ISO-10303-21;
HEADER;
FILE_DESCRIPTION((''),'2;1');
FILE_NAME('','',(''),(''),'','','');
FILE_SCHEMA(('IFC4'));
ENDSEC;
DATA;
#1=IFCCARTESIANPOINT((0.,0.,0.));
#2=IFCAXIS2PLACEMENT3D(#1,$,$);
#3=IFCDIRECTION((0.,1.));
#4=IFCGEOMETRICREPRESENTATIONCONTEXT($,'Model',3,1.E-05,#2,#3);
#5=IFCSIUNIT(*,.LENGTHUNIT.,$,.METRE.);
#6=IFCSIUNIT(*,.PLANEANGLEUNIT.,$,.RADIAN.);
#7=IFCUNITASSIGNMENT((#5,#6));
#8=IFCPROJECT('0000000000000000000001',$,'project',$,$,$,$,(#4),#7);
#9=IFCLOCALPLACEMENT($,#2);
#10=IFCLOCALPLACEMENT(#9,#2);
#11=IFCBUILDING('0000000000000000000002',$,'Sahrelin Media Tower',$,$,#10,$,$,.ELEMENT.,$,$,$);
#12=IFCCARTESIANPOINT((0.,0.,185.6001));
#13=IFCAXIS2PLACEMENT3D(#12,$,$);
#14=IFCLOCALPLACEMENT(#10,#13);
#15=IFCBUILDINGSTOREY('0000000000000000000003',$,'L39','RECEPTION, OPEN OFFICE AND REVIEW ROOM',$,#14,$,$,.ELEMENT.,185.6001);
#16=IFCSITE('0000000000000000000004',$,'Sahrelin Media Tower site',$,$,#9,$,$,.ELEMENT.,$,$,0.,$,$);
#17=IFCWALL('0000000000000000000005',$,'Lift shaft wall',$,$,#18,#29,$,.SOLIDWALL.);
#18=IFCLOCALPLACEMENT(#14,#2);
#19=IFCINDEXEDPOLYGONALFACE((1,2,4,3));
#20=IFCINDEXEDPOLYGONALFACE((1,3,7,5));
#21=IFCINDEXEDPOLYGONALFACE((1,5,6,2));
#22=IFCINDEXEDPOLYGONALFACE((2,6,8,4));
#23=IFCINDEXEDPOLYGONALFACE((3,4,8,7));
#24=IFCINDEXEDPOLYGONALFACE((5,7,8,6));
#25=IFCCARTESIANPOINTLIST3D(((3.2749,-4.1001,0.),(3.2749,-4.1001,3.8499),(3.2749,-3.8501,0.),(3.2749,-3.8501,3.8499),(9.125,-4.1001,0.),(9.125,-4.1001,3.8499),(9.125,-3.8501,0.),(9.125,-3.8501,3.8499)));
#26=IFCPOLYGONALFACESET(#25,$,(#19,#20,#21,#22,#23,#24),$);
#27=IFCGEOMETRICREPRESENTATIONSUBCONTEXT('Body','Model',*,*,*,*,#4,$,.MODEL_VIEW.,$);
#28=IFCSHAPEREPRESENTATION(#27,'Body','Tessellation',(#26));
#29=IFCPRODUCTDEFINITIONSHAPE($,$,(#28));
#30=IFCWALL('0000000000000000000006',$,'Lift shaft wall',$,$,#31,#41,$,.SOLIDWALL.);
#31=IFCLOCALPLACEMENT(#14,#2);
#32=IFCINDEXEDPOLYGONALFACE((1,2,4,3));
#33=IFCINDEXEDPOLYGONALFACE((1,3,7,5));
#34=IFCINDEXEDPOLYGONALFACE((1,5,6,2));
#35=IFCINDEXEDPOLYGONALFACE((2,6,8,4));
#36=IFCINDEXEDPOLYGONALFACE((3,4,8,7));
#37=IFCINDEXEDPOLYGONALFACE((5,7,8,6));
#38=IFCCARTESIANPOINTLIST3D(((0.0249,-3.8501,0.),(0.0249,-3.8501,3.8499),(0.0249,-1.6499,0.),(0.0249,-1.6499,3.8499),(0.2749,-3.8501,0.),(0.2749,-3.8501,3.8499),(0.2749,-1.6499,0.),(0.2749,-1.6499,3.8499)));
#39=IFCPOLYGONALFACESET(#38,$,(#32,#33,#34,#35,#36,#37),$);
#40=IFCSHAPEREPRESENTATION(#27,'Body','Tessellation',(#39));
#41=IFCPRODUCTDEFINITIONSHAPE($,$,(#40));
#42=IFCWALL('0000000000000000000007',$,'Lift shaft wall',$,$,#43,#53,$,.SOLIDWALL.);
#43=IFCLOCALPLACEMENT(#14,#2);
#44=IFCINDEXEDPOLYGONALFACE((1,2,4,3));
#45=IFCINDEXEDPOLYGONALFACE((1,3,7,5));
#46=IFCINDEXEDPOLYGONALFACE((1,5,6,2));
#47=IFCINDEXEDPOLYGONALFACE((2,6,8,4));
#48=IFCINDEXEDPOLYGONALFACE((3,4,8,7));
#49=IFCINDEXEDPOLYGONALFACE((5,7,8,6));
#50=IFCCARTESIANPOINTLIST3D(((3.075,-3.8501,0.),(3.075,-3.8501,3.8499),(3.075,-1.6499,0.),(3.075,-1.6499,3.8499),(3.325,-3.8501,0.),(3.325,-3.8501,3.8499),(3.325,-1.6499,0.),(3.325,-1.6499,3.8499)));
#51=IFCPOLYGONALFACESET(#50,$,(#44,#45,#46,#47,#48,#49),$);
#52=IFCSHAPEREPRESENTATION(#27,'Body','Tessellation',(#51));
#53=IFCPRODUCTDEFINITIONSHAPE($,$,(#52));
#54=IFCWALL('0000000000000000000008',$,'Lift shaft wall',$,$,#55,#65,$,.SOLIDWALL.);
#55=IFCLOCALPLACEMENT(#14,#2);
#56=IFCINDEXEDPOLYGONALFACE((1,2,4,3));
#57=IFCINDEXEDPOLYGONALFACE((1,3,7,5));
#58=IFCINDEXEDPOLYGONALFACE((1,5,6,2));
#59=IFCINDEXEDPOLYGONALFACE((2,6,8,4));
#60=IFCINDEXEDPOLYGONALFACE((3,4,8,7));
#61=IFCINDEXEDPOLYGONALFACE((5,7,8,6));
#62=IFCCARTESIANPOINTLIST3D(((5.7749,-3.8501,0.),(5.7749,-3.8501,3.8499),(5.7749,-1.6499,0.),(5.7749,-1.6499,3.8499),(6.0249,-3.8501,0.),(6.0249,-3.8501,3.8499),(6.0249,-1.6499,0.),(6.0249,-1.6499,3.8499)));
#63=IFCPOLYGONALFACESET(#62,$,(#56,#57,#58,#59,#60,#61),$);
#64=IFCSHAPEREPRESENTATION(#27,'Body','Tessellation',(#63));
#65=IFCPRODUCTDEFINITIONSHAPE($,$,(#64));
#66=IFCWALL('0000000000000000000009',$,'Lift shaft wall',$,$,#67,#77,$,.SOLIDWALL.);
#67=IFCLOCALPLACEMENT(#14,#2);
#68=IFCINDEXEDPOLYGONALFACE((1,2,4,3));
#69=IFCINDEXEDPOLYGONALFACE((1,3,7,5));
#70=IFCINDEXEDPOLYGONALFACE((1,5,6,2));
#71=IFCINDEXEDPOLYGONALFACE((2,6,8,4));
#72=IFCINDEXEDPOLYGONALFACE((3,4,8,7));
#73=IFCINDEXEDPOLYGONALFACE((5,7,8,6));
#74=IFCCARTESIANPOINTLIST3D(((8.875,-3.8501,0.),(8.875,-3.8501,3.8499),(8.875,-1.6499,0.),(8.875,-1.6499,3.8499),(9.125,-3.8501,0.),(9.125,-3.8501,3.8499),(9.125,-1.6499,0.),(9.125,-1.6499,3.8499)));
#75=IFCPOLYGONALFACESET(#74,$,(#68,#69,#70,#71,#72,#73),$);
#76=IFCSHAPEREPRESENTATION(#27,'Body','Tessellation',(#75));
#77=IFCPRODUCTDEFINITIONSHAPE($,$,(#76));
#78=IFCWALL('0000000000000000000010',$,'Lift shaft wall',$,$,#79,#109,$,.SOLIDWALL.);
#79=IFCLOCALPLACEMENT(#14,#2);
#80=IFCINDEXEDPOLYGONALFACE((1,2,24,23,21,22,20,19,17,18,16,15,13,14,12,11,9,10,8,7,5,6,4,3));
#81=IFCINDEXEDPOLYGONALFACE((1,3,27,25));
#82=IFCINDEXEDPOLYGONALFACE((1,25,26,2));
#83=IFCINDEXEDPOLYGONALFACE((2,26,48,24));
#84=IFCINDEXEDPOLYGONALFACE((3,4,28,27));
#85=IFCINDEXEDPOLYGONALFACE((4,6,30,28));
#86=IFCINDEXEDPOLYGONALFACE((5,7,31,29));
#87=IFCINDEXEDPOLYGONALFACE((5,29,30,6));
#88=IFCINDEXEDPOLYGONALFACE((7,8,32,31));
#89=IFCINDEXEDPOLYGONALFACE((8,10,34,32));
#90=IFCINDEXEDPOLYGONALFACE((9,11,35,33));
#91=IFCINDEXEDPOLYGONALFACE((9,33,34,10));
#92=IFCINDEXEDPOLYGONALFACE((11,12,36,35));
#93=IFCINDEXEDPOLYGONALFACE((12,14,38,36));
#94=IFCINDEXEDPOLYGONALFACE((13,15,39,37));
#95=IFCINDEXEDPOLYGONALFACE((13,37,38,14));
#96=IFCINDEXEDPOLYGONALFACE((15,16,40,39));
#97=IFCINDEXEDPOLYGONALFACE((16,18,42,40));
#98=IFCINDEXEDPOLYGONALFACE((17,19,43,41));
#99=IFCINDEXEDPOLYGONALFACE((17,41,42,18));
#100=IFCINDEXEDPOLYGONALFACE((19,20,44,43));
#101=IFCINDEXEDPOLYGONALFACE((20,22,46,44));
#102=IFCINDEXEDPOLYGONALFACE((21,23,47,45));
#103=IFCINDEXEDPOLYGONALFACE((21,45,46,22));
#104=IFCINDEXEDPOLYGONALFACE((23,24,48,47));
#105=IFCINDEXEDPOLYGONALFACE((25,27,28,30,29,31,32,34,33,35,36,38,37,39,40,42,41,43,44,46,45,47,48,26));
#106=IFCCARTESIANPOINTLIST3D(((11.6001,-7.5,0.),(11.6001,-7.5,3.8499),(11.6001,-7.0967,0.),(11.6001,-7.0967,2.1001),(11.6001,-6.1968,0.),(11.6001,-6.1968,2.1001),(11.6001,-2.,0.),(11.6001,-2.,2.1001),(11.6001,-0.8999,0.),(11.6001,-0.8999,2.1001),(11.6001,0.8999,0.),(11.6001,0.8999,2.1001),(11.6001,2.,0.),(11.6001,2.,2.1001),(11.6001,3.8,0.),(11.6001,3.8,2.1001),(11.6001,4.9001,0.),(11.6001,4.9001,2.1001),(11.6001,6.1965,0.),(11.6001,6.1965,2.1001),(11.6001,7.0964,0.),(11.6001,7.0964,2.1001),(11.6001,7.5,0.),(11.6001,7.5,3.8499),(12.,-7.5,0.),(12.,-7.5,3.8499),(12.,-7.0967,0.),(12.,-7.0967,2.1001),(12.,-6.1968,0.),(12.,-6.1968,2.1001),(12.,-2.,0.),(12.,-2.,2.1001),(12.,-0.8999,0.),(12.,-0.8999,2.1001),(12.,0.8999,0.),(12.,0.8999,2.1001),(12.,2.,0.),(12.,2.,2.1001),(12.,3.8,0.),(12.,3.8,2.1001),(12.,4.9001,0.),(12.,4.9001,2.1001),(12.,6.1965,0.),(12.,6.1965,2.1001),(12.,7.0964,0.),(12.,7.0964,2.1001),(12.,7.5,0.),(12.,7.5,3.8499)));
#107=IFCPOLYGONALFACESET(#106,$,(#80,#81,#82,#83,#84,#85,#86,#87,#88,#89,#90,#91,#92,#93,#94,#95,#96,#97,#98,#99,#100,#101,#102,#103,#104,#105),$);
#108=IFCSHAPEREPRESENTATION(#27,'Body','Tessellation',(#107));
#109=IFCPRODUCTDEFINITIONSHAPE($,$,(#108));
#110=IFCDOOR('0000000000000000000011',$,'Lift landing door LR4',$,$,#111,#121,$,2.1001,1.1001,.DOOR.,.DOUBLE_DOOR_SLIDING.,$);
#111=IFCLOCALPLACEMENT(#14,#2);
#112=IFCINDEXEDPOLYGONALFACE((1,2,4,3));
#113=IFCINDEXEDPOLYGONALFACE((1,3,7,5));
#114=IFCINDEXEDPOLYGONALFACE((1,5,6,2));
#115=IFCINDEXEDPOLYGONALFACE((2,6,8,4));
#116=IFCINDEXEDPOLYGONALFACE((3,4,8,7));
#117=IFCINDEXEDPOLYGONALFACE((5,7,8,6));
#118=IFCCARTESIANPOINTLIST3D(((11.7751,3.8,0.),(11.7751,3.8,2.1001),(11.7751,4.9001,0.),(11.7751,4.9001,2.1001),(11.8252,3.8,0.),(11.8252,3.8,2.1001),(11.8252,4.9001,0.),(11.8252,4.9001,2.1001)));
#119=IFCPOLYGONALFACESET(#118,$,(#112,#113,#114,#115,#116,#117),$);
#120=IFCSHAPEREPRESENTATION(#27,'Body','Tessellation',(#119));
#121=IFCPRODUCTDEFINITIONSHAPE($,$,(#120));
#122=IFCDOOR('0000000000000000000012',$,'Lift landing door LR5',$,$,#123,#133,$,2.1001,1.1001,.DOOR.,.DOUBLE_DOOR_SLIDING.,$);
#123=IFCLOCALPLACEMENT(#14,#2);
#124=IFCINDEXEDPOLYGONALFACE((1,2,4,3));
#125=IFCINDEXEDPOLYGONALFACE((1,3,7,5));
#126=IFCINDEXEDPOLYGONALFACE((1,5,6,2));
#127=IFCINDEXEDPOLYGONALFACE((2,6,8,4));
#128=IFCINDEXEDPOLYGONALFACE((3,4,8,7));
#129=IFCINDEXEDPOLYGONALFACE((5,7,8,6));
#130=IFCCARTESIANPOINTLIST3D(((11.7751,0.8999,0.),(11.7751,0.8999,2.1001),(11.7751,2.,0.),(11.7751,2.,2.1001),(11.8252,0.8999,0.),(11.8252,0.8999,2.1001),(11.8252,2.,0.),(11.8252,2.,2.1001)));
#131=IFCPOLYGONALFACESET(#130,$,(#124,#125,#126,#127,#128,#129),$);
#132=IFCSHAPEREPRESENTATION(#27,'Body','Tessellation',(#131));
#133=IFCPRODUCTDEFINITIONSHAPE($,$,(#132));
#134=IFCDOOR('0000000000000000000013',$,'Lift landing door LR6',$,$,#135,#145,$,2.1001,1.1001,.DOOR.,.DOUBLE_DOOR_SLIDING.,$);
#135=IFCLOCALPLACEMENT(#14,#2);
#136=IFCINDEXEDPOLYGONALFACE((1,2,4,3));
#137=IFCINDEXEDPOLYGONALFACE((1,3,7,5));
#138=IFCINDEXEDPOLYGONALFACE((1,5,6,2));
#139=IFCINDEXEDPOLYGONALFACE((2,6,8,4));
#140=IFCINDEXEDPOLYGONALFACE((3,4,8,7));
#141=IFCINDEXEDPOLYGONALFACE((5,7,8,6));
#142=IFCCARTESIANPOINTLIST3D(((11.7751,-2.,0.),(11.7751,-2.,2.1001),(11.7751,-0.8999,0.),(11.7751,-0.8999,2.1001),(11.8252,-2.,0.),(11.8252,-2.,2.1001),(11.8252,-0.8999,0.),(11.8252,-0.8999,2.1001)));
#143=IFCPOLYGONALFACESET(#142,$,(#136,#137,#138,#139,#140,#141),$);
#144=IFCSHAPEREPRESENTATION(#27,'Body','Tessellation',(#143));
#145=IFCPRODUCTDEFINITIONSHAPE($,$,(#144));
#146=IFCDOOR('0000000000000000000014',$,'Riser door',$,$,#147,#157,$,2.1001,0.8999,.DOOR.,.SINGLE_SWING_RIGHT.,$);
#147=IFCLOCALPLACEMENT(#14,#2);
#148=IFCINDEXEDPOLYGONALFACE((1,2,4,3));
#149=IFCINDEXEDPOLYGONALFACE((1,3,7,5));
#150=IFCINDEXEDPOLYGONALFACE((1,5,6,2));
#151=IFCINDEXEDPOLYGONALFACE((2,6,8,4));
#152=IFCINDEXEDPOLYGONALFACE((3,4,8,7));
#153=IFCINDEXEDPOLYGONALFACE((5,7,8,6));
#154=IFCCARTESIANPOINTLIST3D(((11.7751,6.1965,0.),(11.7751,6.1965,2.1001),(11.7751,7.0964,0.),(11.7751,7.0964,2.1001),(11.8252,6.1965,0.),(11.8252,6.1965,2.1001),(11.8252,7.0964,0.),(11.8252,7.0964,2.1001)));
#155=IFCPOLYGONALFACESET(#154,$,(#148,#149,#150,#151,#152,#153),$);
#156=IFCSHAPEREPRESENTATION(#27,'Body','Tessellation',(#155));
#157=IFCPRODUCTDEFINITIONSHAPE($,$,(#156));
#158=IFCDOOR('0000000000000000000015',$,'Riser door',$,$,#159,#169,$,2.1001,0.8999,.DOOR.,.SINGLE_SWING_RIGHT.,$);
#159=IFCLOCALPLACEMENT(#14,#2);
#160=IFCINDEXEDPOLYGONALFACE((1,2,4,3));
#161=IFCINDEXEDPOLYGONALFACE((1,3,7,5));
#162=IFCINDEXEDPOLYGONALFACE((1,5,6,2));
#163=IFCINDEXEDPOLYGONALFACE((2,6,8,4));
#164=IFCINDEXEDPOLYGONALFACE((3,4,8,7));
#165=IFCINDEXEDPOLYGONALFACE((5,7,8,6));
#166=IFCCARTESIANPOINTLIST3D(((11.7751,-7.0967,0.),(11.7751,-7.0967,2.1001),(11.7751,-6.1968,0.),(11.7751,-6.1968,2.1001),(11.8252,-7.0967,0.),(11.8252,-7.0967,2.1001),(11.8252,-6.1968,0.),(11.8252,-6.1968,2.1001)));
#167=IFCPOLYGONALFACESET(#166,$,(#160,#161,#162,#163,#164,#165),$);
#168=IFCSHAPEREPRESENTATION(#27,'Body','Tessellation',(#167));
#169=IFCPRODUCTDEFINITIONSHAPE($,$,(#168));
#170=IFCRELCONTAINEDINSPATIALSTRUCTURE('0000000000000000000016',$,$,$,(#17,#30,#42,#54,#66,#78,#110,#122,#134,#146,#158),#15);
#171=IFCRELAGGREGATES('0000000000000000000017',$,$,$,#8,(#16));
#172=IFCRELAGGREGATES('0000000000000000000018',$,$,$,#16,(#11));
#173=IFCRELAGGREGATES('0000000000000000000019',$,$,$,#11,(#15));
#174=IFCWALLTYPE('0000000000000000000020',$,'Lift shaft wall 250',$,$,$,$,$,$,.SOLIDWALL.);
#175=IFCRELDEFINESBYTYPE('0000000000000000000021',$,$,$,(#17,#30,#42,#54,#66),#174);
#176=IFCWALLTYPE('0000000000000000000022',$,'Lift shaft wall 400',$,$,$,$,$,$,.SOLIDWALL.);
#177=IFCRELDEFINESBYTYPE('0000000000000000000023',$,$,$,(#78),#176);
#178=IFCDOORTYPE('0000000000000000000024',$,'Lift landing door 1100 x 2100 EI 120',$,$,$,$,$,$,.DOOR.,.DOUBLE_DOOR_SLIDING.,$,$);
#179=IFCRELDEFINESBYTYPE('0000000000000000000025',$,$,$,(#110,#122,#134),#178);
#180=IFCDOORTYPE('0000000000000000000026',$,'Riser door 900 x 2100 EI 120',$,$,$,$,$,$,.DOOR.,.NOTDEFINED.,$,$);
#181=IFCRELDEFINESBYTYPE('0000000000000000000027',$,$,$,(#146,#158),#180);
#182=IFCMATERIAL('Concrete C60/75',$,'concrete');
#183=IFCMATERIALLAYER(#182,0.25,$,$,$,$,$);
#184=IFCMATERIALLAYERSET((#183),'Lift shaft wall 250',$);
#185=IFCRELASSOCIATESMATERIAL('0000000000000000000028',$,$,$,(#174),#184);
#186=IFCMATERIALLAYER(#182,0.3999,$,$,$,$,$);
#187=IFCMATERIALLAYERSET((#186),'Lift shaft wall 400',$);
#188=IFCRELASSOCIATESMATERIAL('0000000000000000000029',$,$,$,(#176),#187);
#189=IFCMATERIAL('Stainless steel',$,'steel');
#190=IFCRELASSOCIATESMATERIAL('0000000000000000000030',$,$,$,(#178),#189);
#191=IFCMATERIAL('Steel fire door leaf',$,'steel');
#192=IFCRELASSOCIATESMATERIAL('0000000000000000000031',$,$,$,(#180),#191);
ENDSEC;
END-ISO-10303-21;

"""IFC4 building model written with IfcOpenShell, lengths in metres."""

from ifc_helpers import new_model, si_unit, direction, frame, frame_2d, origin, place, context, subcontext, project, spatial, rectangle, extrude, material, layer, layer_set, type_object, element, fill, save


model = new_model("IFC4")

# Units and contexts
model_context = context("Model", 3, precision=1e-05, world=origin(), true_north=direction((0.0, 1.0)))
body_context = subcontext(model_context, "Body", "Model", "MODEL_VIEW")
ifc_project = project(units=[si_unit("LENGTHUNIT", "METRE"), si_unit("PLANEANGLEUNIT", "RADIAN")], contexts=[model_context])

# Site, building, storey
site_placement = place(None, origin())
site = spatial("IfcSite", under=ifc_project, at=site_placement, Name="Sahrelin Media Tower site", CompositionType="ELEMENT", RefElevation=0.0)
building_placement = place(site_placement, origin())
building = spatial("IfcBuilding", under=site, at=building_placement, Name="Sahrelin Media Tower", CompositionType="ELEMENT")
storey_placement = place(building_placement, frame((0.0, 0.0, 185.6001)))
storey = spatial("IfcBuildingStorey", under=building, at=storey_placement, Name="L39", Description="RECEPTION, OPEN OFFICE AND REVIEW ROOM", CompositionType="ELEMENT", Elevation=185.6001)

# Walls
ifc_material_1 = material(Name="Concrete C60/75", Category="concrete")
ifc_layer_1 = layer(ifc_material_1, 0.25)
ifc_layer_set_1 = layer_set([ifc_layer_1], Name="Lift shaft wall 250")
wall_type_1 = type_object("IfcWallType", Name="Lift shaft wall 250", PredefinedType="SOLIDWALL", material=ifc_layer_set_1)
wall_1_placement = place(storey_placement, frame((3.2749, -3.9751, 0.0), z_axis=(0.0, 0.0, 1.0), x_axis=(1.0, 0.0, 0.0)))
element("IfcWall", 1, at=wall_1_placement, inside=storey, type_object=wall_type_1, Name="Lift shaft wall", PredefinedType="SOLIDWALL", context=body_context, shape_type="SweptSolid", body=[
    extrude(rectangle(XDim=5.8501, YDim=0.25, at=frame_2d((2.925, 0.0))), origin(), (0.0, 0.0, 1.0), 3.8499),
])
for number, where, z_axis, x_axis, name in (
    (2, (0.1499, -3.8501, 0.0), (0.0, 0.0, 1.0), (0.0, 1.0, 0.0), "Lift shaft wall"),
    (3, (3.2, -3.8501, 0.0), (0.0, 0.0, 1.0), (0.0, 1.0, 0.0), "Lift shaft wall"),
    (4, (5.8999, -3.8501, 0.0), (0.0, 0.0, 1.0), (0.0, 1.0, 0.0), "Lift shaft wall"),
    (5, (9.0, -3.8501, 0.0), (0.0, 0.0, 1.0), (0.0, 1.0, 0.0), "Lift shaft wall"),
):
    element("IfcWall", number, at=place(storey_placement, frame(where, z_axis=z_axis, x_axis=x_axis)), inside=storey, type_object=wall_type_1, Name=name, PredefinedType="SOLIDWALL", context=body_context, shape_type="SweptSolid", body=[
        extrude(rectangle(XDim=2.2002, YDim=0.25, at=frame_2d((1.1001, 0.0))), origin(), (0.0, 0.0, 1.0), 3.8499),
    ])

# Wall, openings, doors
ifc_layer_2 = layer(ifc_material_1, 0.3999)
ifc_layer_set_2 = layer_set([ifc_layer_2], Name="Lift shaft wall 400")
wall_type_2 = type_object("IfcWallType", Name="Lift shaft wall 400", PredefinedType="SOLIDWALL", material=ifc_layer_set_2)
wall_2_placement = place(storey_placement, frame((11.8, -7.5, 0.0), z_axis=(0.0, 0.0, 1.0), x_axis=(0.0, 1.0, 0.0)))
wall_2 = element("IfcWall", 6, at=wall_2_placement, inside=storey, type_object=wall_type_2, Name="Lift shaft wall", PredefinedType="SOLIDWALL", context=body_context, shape_type="SweptSolid", body=[
    extrude(rectangle(XDim=15.0, YDim=0.3999, at=frame_2d((7.5, 0.0))), origin(), (0.0, 0.0, 1.0), 3.8499),
])
opening_1_placement = place(wall_2_placement, frame((11.3, 0.0, 0.0)))
opening_1 = element("IfcOpeningElement", 7, at=opening_1_placement, cuts=wall_2, PredefinedType="OPENING", context=body_context, shape_type="SweptSolid", body=[
    extrude(rectangle(XDim=1.1001, YDim=2.1001, at=frame_2d((0.55, 1.05))), frame((0.0, 0.2, 0.0), z_axis=(0.0, -1.0, 0.0), x_axis=(1.0, 0.0, 0.0)), (0.0, 0.0, 1.0), 0.3999),
])
opening_2_placement = place(wall_2_placement, frame((8.3999, 0.0, 0.0)))
opening_2 = element("IfcOpeningElement", 8, at=opening_2_placement, cuts=wall_2, PredefinedType="OPENING", context=body_context, shape_type="SweptSolid", body=[
    extrude(rectangle(XDim=1.1001, YDim=2.1001, at=frame_2d((0.55, 1.05))), frame((0.0, 0.2, 0.0), z_axis=(0.0, -1.0, 0.0), x_axis=(1.0, 0.0, 0.0)), (0.0, 0.0, 1.0), 0.3999),
])
opening_3_placement = place(wall_2_placement, frame((5.5, 0.0, 0.0)))
opening_3 = element("IfcOpeningElement", 9, at=opening_3_placement, cuts=wall_2, PredefinedType="OPENING", context=body_context, shape_type="SweptSolid", body=[
    extrude(rectangle(XDim=1.1001, YDim=2.1001, at=frame_2d((0.55, 1.05))), frame((0.0, 0.2, 0.0), z_axis=(0.0, -1.0, 0.0), x_axis=(1.0, 0.0, 0.0)), (0.0, 0.0, 1.0), 0.3999),
])
opening_4_placement = place(wall_2_placement, frame((13.6965, 0.0, 0.0)))
opening_4 = element("IfcOpeningElement", 10, at=opening_4_placement, cuts=wall_2, PredefinedType="OPENING", context=body_context, shape_type="SweptSolid", body=[
    extrude(rectangle(XDim=0.8999, YDim=2.1001, at=frame_2d((0.45, 1.05))), frame((0.0, 0.2, 0.0), z_axis=(0.0, -1.0, 0.0), x_axis=(1.0, 0.0, 0.0)), (0.0, 0.0, 1.0), 0.3999),
])
opening_5_placement = place(wall_2_placement, frame((0.4033, 0.0, 0.0)))
opening_5 = element("IfcOpeningElement", 11, at=opening_5_placement, cuts=wall_2, PredefinedType="OPENING", context=body_context, shape_type="SweptSolid", body=[
    extrude(rectangle(XDim=0.8999, YDim=2.1001, at=frame_2d((0.45, 1.05))), frame((0.0, 0.2, 0.0), z_axis=(0.0, -1.0, 0.0), x_axis=(1.0, 0.0, 0.0)), (0.0, 0.0, 1.0), 0.3999),
])
ifc_material_2 = material(Name="Stainless steel", Category="steel")
door_type_1 = type_object("IfcDoorType", Name="Lift landing door 1100 x 2100 EI 120", OperationType="DOUBLE_DOOR_SLIDING", PredefinedType="DOOR", material=ifc_material_2)
door_1_placement = place(opening_1_placement, origin())
door_1 = element("IfcDoor", 12, at=door_1_placement, inside=storey, type_object=door_type_1, Name="Lift landing door LR4", OperationType="DOUBLE_DOOR_SLIDING", OverallHeight=2.1001, OverallWidth=1.1001, PredefinedType="DOOR", context=body_context, shape_type="SweptSolid", body=[
    extrude(rectangle(XDim=1.1001, YDim=2.1001, at=frame_2d((0.55, 1.05))), frame((0.0, 0.0249, 0.0), z_axis=(0.0, -1.0, 0.0), x_axis=(1.0, 0.0, 0.0)), (0.0, 0.0, 1.0), 0.05),
])
fill(opening_1, door_1)
door_2_placement = place(opening_2_placement, origin())
door_2 = element("IfcDoor", 13, at=door_2_placement, inside=storey, type_object=door_type_1, Name="Lift landing door LR5", OperationType="DOUBLE_DOOR_SLIDING", OverallHeight=2.1001, OverallWidth=1.1001, PredefinedType="DOOR", context=body_context, shape_type="SweptSolid", body=[
    extrude(rectangle(XDim=1.1001, YDim=2.1001, at=frame_2d((0.55, 1.05))), frame((0.0, 0.0249, 0.0), z_axis=(0.0, -1.0, 0.0), x_axis=(1.0, 0.0, 0.0)), (0.0, 0.0, 1.0), 0.05),
])
fill(opening_2, door_2)
door_3_placement = place(opening_3_placement, origin())
door_3 = element("IfcDoor", 14, at=door_3_placement, inside=storey, type_object=door_type_1, Name="Lift landing door LR6", OperationType="DOUBLE_DOOR_SLIDING", OverallHeight=2.1001, OverallWidth=1.1001, PredefinedType="DOOR", context=body_context, shape_type="SweptSolid", body=[
    extrude(rectangle(XDim=1.1001, YDim=2.1001, at=frame_2d((0.55, 1.05))), frame((0.0, 0.0249, 0.0), z_axis=(0.0, -1.0, 0.0), x_axis=(1.0, 0.0, 0.0)), (0.0, 0.0, 1.0), 0.05),
])
fill(opening_3, door_3)
ifc_material_3 = material(Name="Steel fire door leaf", Category="steel")
door_type_2 = type_object("IfcDoorType", Name="Riser door 900 x 2100 EI 120", OperationType="NOTDEFINED", PredefinedType="DOOR", material=ifc_material_3)
door_4_placement = place(opening_4_placement, origin())
door_4 = element("IfcDoor", 15, at=door_4_placement, inside=storey, type_object=door_type_2, Name="Riser door", OperationType="SINGLE_SWING_RIGHT", OverallHeight=2.1001, OverallWidth=0.8999, PredefinedType="DOOR", context=body_context, shape_type="SweptSolid", body=[
    extrude(rectangle(XDim=0.8999, YDim=2.1001, at=frame_2d((0.45, 1.05))), frame((0.0, 0.0249, 0.0), z_axis=(0.0, -1.0, 0.0), x_axis=(1.0, 0.0, 0.0)), (0.0, 0.0, 1.0), 0.05),
])
fill(opening_4, door_4)
door_5_placement = place(opening_5_placement, origin())
door_5 = element("IfcDoor", 16, at=door_5_placement, inside=storey, type_object=door_type_2, Name="Riser door", OperationType="SINGLE_SWING_RIGHT", OverallHeight=2.1001, OverallWidth=0.8999, PredefinedType="DOOR", context=body_context, shape_type="SweptSolid", body=[
    extrude(rectangle(XDim=0.8999, YDim=2.1001, at=frame_2d((0.45, 1.05))), frame((0.0, 0.0249, 0.0), z_axis=(0.0, -1.0, 0.0), x_axis=(1.0, 0.0, 0.0)), (0.0, 0.0, 1.0), 0.05),
])
fill(opening_5, door_5)

save(model, "model.ifc")
